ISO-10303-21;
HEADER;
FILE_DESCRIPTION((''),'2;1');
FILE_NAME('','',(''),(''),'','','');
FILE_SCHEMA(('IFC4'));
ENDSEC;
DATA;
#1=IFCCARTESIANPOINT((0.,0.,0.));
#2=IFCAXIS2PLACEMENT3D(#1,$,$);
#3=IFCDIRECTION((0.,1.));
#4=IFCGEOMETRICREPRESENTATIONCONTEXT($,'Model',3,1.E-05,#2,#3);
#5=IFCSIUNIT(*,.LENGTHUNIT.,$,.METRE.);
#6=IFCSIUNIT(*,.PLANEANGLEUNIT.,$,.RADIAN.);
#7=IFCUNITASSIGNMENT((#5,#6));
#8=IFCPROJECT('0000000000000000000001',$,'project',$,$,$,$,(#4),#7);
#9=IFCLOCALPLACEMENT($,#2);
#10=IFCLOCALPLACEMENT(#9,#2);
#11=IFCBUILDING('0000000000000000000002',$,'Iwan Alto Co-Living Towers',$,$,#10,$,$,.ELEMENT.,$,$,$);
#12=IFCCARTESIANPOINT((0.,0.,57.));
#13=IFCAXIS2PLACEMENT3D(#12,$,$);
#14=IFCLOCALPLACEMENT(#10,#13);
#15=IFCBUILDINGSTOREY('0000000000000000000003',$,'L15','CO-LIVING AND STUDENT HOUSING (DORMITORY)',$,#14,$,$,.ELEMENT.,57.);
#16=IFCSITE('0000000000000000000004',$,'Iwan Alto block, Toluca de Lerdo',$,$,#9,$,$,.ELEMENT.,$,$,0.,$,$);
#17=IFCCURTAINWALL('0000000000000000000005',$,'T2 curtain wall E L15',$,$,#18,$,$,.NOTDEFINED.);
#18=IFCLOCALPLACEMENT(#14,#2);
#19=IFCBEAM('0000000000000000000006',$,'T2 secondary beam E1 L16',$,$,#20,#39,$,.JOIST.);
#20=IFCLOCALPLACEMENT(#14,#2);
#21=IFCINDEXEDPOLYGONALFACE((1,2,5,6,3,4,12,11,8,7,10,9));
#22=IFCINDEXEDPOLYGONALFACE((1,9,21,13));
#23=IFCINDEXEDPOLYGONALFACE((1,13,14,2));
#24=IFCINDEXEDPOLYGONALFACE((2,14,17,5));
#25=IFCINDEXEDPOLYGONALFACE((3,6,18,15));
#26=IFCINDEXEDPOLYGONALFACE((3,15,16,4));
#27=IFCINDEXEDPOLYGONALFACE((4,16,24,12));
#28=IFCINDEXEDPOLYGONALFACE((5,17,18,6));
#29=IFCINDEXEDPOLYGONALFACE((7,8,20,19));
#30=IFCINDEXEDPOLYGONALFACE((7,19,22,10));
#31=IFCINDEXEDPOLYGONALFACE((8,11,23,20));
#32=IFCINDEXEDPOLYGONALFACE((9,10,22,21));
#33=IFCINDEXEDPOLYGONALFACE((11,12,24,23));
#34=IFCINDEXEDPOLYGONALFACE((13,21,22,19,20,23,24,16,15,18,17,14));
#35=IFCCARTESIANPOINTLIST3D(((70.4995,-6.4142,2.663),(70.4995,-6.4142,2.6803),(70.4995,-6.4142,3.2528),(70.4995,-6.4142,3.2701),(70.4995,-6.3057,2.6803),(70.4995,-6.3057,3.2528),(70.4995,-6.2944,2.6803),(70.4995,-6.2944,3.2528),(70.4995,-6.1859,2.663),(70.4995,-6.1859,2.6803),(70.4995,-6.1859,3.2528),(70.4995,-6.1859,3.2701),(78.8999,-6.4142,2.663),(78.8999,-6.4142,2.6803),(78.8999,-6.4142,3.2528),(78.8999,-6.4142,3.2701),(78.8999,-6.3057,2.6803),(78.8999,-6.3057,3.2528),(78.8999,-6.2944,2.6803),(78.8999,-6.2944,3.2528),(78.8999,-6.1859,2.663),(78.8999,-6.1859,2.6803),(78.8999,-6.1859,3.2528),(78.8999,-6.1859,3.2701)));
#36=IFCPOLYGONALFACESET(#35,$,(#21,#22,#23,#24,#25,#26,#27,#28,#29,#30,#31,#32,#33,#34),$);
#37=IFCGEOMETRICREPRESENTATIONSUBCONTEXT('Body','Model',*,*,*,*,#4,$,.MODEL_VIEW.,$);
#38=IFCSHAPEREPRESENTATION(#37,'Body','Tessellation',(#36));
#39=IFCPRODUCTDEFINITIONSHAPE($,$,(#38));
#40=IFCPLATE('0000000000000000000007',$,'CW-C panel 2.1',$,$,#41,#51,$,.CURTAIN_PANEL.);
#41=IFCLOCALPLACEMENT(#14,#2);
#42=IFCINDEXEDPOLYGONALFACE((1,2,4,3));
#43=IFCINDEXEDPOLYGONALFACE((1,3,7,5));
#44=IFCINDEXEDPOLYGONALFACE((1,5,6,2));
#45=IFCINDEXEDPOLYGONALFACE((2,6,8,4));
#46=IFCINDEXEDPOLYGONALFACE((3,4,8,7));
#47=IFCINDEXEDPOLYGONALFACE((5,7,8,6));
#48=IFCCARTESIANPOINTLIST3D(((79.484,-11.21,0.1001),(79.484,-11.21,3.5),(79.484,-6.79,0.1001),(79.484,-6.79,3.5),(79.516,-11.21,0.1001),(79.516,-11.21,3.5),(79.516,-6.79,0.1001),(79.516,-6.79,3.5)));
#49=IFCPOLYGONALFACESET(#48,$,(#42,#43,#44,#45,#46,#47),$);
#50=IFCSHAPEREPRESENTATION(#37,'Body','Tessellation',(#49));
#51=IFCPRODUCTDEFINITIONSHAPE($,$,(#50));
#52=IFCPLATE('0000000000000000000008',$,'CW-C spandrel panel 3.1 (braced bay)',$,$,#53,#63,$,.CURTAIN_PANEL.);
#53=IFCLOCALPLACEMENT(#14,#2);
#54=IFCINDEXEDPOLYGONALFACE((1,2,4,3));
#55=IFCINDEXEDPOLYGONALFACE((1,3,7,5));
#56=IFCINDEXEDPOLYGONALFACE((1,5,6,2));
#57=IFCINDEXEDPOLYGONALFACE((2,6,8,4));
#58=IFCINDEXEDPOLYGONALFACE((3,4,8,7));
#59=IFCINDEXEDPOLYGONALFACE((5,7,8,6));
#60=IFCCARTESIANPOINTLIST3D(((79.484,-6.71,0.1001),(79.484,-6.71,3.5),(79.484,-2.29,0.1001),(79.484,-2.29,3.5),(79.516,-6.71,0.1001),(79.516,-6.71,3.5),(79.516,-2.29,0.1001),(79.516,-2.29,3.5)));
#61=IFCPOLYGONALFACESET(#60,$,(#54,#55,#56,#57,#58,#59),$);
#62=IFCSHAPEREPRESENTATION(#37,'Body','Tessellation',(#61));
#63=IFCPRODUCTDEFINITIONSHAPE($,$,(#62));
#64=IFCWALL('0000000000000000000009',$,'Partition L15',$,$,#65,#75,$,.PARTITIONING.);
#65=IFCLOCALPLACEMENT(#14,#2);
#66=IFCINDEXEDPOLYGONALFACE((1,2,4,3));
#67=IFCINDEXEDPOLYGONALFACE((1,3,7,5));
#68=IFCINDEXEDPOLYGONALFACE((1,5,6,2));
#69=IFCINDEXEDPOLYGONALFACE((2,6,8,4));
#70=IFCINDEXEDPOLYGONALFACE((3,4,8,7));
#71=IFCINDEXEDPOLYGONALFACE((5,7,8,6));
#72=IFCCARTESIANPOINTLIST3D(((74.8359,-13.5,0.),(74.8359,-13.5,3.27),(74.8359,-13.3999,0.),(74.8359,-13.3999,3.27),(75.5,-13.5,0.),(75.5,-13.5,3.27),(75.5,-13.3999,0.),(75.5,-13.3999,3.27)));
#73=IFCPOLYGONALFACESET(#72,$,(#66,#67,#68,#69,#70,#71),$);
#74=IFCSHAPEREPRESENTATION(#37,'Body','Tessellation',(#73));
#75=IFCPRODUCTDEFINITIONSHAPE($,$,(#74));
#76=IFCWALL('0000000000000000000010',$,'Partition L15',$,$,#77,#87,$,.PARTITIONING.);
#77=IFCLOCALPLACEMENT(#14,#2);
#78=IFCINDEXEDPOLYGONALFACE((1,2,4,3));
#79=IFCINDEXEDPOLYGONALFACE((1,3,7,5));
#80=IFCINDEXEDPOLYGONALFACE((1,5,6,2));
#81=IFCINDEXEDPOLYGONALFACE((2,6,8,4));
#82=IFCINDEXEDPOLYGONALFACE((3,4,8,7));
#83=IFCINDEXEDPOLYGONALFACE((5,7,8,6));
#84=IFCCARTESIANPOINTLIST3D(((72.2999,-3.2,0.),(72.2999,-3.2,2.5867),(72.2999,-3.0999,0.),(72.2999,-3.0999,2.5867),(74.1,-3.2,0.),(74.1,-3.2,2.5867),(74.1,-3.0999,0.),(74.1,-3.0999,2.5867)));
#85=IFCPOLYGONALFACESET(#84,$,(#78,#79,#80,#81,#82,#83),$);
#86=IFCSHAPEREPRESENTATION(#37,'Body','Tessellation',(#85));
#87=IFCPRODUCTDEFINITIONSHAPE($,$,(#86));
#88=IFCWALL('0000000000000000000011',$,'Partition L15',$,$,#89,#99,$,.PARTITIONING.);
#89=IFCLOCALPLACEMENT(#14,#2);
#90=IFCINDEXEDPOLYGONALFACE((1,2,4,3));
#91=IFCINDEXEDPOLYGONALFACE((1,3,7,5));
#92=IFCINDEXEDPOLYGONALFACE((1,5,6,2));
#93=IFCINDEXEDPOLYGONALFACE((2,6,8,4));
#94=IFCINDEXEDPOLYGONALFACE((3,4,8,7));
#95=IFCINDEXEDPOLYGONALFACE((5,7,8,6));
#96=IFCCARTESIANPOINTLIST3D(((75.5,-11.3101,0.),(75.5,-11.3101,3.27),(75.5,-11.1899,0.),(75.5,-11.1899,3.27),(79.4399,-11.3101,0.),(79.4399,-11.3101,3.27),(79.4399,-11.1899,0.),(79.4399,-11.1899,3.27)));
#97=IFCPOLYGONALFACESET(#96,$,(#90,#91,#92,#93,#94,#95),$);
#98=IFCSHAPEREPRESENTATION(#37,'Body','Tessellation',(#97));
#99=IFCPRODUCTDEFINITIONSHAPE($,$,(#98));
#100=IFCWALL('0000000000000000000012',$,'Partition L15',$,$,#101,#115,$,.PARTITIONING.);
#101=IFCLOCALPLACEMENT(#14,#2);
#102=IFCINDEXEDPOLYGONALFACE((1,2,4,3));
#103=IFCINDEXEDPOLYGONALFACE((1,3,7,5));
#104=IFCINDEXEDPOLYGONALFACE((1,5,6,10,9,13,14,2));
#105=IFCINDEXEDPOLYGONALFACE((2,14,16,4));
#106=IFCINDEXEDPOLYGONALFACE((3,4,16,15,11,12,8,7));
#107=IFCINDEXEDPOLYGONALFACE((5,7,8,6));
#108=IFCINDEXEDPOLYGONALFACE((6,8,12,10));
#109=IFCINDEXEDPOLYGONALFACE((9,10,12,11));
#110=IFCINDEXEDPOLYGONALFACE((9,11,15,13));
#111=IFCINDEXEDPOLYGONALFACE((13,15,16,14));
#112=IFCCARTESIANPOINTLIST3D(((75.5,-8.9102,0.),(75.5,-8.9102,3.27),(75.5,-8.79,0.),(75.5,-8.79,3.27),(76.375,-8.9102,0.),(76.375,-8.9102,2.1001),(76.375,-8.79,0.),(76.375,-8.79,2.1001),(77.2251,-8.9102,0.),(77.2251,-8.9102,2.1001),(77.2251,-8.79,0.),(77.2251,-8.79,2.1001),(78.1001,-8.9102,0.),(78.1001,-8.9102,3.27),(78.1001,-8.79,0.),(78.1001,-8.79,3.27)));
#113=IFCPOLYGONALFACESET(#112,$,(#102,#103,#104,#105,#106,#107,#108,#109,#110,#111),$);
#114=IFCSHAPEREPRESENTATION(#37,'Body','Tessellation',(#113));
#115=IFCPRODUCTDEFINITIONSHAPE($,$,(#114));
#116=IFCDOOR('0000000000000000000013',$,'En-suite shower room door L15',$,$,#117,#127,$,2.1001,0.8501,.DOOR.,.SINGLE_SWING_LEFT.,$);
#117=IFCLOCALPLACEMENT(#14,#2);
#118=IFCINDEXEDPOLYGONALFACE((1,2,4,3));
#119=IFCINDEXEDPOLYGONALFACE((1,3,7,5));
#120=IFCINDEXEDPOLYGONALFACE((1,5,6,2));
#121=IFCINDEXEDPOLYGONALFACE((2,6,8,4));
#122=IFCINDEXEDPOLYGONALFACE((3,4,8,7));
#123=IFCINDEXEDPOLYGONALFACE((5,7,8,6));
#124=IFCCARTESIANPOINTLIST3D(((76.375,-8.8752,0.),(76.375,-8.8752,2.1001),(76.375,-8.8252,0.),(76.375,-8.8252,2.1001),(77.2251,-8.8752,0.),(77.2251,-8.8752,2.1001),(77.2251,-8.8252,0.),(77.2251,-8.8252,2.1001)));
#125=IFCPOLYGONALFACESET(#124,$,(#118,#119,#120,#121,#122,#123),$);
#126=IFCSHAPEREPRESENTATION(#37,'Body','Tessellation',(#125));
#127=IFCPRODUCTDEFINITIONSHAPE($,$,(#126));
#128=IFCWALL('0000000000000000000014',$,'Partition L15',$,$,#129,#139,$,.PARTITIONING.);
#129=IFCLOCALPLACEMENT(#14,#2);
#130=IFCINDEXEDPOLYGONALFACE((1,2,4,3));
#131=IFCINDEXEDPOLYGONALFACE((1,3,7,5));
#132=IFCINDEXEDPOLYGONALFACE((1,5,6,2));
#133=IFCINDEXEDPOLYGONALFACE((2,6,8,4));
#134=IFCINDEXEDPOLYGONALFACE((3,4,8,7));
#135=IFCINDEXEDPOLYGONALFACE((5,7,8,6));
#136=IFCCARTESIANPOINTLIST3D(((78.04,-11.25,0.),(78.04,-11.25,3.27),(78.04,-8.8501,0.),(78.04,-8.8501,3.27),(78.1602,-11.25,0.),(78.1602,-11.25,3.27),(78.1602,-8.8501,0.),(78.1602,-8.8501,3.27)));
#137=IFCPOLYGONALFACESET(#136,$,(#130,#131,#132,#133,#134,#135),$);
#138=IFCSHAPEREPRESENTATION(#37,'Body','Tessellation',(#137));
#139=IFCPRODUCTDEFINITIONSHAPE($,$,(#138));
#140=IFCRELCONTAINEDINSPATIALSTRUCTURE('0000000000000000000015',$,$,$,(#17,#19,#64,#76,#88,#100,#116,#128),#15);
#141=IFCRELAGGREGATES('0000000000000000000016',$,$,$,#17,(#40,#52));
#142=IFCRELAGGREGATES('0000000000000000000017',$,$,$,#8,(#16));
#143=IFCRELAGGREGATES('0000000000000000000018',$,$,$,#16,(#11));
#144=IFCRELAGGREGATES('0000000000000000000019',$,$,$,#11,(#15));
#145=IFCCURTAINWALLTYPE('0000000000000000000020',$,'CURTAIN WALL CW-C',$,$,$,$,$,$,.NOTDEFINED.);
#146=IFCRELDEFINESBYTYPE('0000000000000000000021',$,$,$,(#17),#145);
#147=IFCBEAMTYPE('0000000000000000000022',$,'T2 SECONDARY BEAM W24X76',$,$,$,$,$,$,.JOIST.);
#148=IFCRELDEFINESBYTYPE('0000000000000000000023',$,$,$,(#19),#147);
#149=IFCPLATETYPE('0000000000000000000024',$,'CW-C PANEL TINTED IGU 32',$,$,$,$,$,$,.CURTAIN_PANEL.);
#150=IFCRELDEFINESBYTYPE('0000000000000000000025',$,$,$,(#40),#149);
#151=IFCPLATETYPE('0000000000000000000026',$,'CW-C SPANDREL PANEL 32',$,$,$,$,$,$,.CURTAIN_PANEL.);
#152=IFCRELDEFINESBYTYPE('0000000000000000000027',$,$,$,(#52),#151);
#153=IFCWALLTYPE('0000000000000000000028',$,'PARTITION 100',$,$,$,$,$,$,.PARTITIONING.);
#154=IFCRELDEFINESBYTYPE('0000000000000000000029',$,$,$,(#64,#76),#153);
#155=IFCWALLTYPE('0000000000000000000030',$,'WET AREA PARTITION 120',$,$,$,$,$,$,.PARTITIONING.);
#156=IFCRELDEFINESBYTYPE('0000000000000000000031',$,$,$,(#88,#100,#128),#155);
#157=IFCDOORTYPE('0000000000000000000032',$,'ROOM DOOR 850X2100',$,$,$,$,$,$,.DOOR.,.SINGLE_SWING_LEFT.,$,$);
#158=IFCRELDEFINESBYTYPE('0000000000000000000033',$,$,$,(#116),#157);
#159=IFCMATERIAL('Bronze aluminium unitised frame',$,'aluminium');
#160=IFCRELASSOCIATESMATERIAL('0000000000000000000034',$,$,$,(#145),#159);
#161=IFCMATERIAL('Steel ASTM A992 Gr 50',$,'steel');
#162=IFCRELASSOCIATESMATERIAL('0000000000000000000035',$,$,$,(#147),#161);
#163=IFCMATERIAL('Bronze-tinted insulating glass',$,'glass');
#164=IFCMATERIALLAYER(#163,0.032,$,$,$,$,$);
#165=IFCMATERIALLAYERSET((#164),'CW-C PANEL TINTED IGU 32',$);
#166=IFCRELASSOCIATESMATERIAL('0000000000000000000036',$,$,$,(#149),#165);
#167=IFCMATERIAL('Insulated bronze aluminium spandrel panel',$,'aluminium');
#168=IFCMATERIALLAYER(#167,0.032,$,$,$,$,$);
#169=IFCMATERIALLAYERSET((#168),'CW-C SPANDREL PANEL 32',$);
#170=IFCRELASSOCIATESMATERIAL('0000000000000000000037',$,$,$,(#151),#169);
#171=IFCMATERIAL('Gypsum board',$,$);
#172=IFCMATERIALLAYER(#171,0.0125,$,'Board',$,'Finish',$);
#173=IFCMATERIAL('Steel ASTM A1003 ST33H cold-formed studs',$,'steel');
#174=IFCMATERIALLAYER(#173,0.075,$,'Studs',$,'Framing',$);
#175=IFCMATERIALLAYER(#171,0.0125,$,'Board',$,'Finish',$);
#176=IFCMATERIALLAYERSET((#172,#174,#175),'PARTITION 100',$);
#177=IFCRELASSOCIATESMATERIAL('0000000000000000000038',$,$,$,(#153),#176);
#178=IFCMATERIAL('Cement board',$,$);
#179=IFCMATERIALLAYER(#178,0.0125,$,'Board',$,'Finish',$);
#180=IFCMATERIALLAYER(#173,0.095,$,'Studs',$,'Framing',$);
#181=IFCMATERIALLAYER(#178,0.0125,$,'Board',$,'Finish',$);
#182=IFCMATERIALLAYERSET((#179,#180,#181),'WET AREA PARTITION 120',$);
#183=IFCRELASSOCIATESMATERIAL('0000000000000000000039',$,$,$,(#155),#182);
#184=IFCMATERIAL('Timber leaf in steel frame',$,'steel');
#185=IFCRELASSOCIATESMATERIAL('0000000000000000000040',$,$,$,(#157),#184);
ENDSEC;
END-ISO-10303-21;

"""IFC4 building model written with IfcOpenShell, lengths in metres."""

from ifc_helpers import new_model, si_unit, direction, frame, frame_2d, origin, origin_2d, place, context, subcontext, project, spatial, rectangle, i_section, extrude, material, layer, layer_set, material_profile, profile_set, type_object, element, fill, aggregate, save


model = new_model("IFC4")

# Units and contexts
model_context = context("Model", 3, precision=1e-05, world=origin(), true_north=direction((0.0, 1.0)))
body_context = subcontext(model_context, "Body", "Model", "MODEL_VIEW")
ifc_project = project(units=[si_unit("LENGTHUNIT", "METRE"), si_unit("PLANEANGLEUNIT", "RADIAN")], contexts=[model_context])

# Site, building, storey
site_placement = place(None, origin())
site = spatial("IfcSite", under=ifc_project, at=site_placement, Name="Iwan Alto block, Toluca de Lerdo", CompositionType="ELEMENT", RefElevation=0.0)
building_placement = place(site_placement, origin())
building = spatial("IfcBuilding", under=site, at=building_placement, Name="Iwan Alto Co-Living Towers", CompositionType="ELEMENT")
storey_placement = place(building_placement, frame((0.0, 0.0, 57.0)))
storey = spatial("IfcBuildingStorey", under=building, at=storey_placement, Name="L15", Description="CO-LIVING AND STUDENT HOUSING (DORMITORY)", CompositionType="ELEMENT", Elevation=57.0)

# Curtain wall
ifc_material_1 = material(Name="Bronze aluminium unitised frame", Category="aluminium")
curtain_wall_type = type_object("IfcCurtainWallType", Name="CURTAIN WALL CW-C", PredefinedType="NOTDEFINED", material=ifc_material_1)
curtain_wall_placement = place(storey_placement, origin())
curtain_wall = element("IfcCurtainWall", 1, at=curtain_wall_placement, inside=storey, type_object=curtain_wall_type, Name="T2 curtain wall E L15", PredefinedType="NOTDEFINED")

# Beam
ifc_material_2 = material(Name="Steel ASTM A992 Gr 50", Category="steel")
ifc_material_profile_1 = material_profile(ifc_material_2, i_section(OverallWidth=0.2283, OverallDepth=0.6072, WebThickness=0.0112, FlangeThickness=0.0173, at=origin_2d()), Name="W24X76")
ifc_profile_set_1 = profile_set([ifc_material_profile_1], Name="Steel ASTM A992 Gr 50")
beam_type_1 = type_object("IfcBeamType", Name="T2 SECONDARY BEAM W24X76", PredefinedType="JOIST", material=ifc_profile_set_1)
beam_1_placement = place(storey_placement, frame((78.8999, -6.3, 2.9666), z_axis=(-1.0, 0.0, 0.0), x_axis=(0.0, -1.0, 0.0)))
element("IfcBeam", 2, at=beam_1_placement, inside=storey, type_object=beam_type_1, Name="T2 secondary beam E1 L16", PredefinedType="JOIST", context=body_context, shape_type="SweptSolid", body=[
    extrude(i_section(OverallWidth=0.2283, OverallDepth=0.6072, WebThickness=0.0112, FlangeThickness=0.0173, at=origin_2d()), origin(), (0.0, 0.0, 1.0), 8.4004),
])

# Plates
ifc_material_3 = material(Name="Bronze-tinted insulating glass", Category="glass")
ifc_layer_1 = layer(ifc_material_3, 0.032)
ifc_layer_set_1 = layer_set([ifc_layer_1], Name="CW-C PANEL TINTED IGU 32")
plate_type_1 = type_object("IfcPlateType", Name="CW-C PANEL TINTED IGU 32", PredefinedType="CURTAIN_PANEL", material=ifc_layer_set_1)
plate_1_placement = place(storey_placement, frame((79.5, -9.0, 0.1001), z_axis=(0.0, 0.0, 1.0), x_axis=(0.0, 1.0, 0.0)))
plate_1 = element("IfcPlate", 3, at=plate_1_placement, type_object=plate_type_1, Name="CW-C panel 2.1", PredefinedType="CURTAIN_PANEL", context=body_context, shape_type="SweptSolid", body=[
    extrude(rectangle(XDim=4.4199, YDim=0.032, at=origin_2d()), origin(), (0.0, 0.0, 1.0), 3.3999),
])
ifc_material_4 = material(Name="Insulated bronze aluminium spandrel panel", Category="aluminium")
ifc_layer_2 = layer(ifc_material_4, 0.032)
ifc_layer_set_2 = layer_set([ifc_layer_2], Name="CW-C SPANDREL PANEL 32")
plate_type_2 = type_object("IfcPlateType", Name="CW-C SPANDREL PANEL 32", PredefinedType="CURTAIN_PANEL", material=ifc_layer_set_2)
plate_2_placement = place(storey_placement, frame((79.5, -4.5, 0.1001), z_axis=(0.0, 0.0, 1.0), x_axis=(0.0, 1.0, 0.0)))
plate_2 = element("IfcPlate", 4, at=plate_2_placement, type_object=plate_type_2, Name="CW-C spandrel panel 3.1 (braced bay)", PredefinedType="CURTAIN_PANEL", context=body_context, shape_type="SweptSolid", body=[
    extrude(rectangle(XDim=4.4199, YDim=0.032, at=origin_2d()), origin(), (0.0, 0.0, 1.0), 3.3999),
])
aggregate(curtain_wall, [plate_1, plate_2])

# Walls
ifc_material_5 = material(Name="Gypsum board")
ifc_layer_3 = layer(ifc_material_5, 0.0125, Name="Board", Category="Finish")
ifc_material_6 = material(Name="Steel ASTM A1003 ST33H cold-formed studs", Category="steel")
ifc_layer_4 = layer(ifc_material_6, 0.075, Name="Studs", Category="Framing")
ifc_layer_5 = layer(ifc_material_5, 0.0125, Name="Board", Category="Finish")
ifc_layer_set_3 = layer_set([ifc_layer_3, ifc_layer_4, ifc_layer_5], Name="PARTITION 100")
wall_type_1 = type_object("IfcWallType", Name="PARTITION 100", PredefinedType="PARTITIONING", material=ifc_layer_set_3)
wall_1_placement = place(storey_placement, frame((74.8359, -13.45, 0.0), z_axis=(0.0, 0.0, 1.0), x_axis=(1.0, 0.0, 0.0)))
element("IfcWall", 5, at=wall_1_placement, inside=storey, type_object=wall_type_1, Name="Partition L15", PredefinedType="PARTITIONING", context=body_context, shape_type="SweptSolid", body=[
    extrude(rectangle(XDim=0.6641, YDim=0.1001, at=frame_2d((0.332, 0.0))), origin(), (0.0, 0.0, 1.0), 3.27),
])
wall_2_placement = place(storey_placement, frame((72.3, -3.1499, 0.0), z_axis=(0.0, 0.0, 1.0), x_axis=(1.0, 0.0, 0.0)))
element("IfcWall", 6, at=wall_2_placement, inside=storey, type_object=wall_type_1, Name="Partition L15", PredefinedType="PARTITIONING", context=body_context, shape_type="SweptSolid", body=[
    extrude(rectangle(XDim=1.8, YDim=0.1001, at=frame_2d((0.8999, 0.0))), origin(), (0.0, 0.0, 1.0), 2.5867),
])
ifc_material_7 = material(Name="Cement board")
ifc_layer_6 = layer(ifc_material_7, 0.0125, Name="Board", Category="Finish")
ifc_layer_7 = layer(ifc_material_6, 0.095, Name="Studs", Category="Framing")
ifc_layer_8 = layer(ifc_material_7, 0.0125, Name="Board", Category="Finish")
ifc_layer_set_4 = layer_set([ifc_layer_6, ifc_layer_7, ifc_layer_8], Name="WET AREA PARTITION 120")
wall_type_2 = type_object("IfcWallType", Name="WET AREA PARTITION 120", PredefinedType="PARTITIONING", material=ifc_layer_set_4)
wall_3_placement = place(storey_placement, frame((75.5, -11.25, 0.0), z_axis=(0.0, 0.0, 1.0), x_axis=(1.0, 0.0, 0.0)))
element("IfcWall", 7, at=wall_3_placement, inside=storey, type_object=wall_type_2, Name="Partition L15", PredefinedType="PARTITIONING", context=body_context, shape_type="SweptSolid", body=[
    extrude(rectangle(XDim=3.9399, YDim=0.1201, at=frame_2d((1.97, 0.0))), origin(), (0.0, 0.0, 1.0), 3.27),
])

# Wall, opening, door
wall_4_placement = place(storey_placement, frame((75.5, -8.8501, 0.0), z_axis=(0.0, 0.0, 1.0), x_axis=(1.0, 0.0, 0.0)))
wall_4 = element("IfcWall", 8, at=wall_4_placement, inside=storey, type_object=wall_type_2, Name="Partition L15", PredefinedType="PARTITIONING", context=body_context, shape_type="SweptSolid", body=[
    extrude(rectangle(XDim=2.6001, YDim=0.1201, at=frame_2d((1.3, 0.0))), origin(), (0.0, 0.0, 1.0), 3.27),
])
opening_1_placement = place(wall_4_placement, frame((0.875, 0.0, 0.0)))
opening_1 = element("IfcOpeningElement", 9, at=opening_1_placement, cuts=wall_4, PredefinedType="OPENING", context=body_context, shape_type="SweptSolid", body=[
    extrude(rectangle(XDim=0.8501, YDim=2.1001, at=frame_2d((0.425, 1.05))), frame((0.0, 0.0701, 0.0), z_axis=(0.0, -1.0, 0.0), x_axis=(1.0, 0.0, 0.0)), (0.0, 0.0, 1.0), 0.1401),
])
ifc_material_8 = material(Name="Timber leaf in steel frame", Category="steel")
door_type = type_object("IfcDoorType", Name="ROOM DOOR 850X2100", OperationType="SINGLE_SWING_LEFT", PredefinedType="DOOR", material=ifc_material_8)
door_1_placement = place(opening_1_placement, origin())
door_1 = element("IfcDoor", 10, at=door_1_placement, inside=storey, type_object=door_type, Name="En-suite shower room door L15", OperationType="SINGLE_SWING_LEFT", OverallHeight=2.1001, OverallWidth=0.8501, PredefinedType="DOOR", context=body_context, shape_type="SweptSolid", body=[
    extrude(rectangle(XDim=0.8501, YDim=2.1001, at=frame_2d((0.425, 1.05))), frame((0.0, 0.0249, 0.0), z_axis=(0.0, -1.0, 0.0), x_axis=(1.0, 0.0, 0.0)), (0.0, 0.0, 1.0), 0.05),
])
fill(opening_1, door_1)

# Wall
wall_5_placement = place(storey_placement, frame((78.1001, -11.25, 0.0), z_axis=(0.0, 0.0, 1.0), x_axis=(0.0, 1.0, 0.0)))
element("IfcWall", 11, at=wall_5_placement, inside=storey, type_object=wall_type_2, Name="Partition L15", PredefinedType="PARTITIONING", context=body_context, shape_type="SweptSolid", body=[
    extrude(rectangle(XDim=2.3999, YDim=0.1201, at=frame_2d((1.2, 0.0))), origin(), (0.0, 0.0, 1.0), 3.27),
])

save(model, "model.ifc")
